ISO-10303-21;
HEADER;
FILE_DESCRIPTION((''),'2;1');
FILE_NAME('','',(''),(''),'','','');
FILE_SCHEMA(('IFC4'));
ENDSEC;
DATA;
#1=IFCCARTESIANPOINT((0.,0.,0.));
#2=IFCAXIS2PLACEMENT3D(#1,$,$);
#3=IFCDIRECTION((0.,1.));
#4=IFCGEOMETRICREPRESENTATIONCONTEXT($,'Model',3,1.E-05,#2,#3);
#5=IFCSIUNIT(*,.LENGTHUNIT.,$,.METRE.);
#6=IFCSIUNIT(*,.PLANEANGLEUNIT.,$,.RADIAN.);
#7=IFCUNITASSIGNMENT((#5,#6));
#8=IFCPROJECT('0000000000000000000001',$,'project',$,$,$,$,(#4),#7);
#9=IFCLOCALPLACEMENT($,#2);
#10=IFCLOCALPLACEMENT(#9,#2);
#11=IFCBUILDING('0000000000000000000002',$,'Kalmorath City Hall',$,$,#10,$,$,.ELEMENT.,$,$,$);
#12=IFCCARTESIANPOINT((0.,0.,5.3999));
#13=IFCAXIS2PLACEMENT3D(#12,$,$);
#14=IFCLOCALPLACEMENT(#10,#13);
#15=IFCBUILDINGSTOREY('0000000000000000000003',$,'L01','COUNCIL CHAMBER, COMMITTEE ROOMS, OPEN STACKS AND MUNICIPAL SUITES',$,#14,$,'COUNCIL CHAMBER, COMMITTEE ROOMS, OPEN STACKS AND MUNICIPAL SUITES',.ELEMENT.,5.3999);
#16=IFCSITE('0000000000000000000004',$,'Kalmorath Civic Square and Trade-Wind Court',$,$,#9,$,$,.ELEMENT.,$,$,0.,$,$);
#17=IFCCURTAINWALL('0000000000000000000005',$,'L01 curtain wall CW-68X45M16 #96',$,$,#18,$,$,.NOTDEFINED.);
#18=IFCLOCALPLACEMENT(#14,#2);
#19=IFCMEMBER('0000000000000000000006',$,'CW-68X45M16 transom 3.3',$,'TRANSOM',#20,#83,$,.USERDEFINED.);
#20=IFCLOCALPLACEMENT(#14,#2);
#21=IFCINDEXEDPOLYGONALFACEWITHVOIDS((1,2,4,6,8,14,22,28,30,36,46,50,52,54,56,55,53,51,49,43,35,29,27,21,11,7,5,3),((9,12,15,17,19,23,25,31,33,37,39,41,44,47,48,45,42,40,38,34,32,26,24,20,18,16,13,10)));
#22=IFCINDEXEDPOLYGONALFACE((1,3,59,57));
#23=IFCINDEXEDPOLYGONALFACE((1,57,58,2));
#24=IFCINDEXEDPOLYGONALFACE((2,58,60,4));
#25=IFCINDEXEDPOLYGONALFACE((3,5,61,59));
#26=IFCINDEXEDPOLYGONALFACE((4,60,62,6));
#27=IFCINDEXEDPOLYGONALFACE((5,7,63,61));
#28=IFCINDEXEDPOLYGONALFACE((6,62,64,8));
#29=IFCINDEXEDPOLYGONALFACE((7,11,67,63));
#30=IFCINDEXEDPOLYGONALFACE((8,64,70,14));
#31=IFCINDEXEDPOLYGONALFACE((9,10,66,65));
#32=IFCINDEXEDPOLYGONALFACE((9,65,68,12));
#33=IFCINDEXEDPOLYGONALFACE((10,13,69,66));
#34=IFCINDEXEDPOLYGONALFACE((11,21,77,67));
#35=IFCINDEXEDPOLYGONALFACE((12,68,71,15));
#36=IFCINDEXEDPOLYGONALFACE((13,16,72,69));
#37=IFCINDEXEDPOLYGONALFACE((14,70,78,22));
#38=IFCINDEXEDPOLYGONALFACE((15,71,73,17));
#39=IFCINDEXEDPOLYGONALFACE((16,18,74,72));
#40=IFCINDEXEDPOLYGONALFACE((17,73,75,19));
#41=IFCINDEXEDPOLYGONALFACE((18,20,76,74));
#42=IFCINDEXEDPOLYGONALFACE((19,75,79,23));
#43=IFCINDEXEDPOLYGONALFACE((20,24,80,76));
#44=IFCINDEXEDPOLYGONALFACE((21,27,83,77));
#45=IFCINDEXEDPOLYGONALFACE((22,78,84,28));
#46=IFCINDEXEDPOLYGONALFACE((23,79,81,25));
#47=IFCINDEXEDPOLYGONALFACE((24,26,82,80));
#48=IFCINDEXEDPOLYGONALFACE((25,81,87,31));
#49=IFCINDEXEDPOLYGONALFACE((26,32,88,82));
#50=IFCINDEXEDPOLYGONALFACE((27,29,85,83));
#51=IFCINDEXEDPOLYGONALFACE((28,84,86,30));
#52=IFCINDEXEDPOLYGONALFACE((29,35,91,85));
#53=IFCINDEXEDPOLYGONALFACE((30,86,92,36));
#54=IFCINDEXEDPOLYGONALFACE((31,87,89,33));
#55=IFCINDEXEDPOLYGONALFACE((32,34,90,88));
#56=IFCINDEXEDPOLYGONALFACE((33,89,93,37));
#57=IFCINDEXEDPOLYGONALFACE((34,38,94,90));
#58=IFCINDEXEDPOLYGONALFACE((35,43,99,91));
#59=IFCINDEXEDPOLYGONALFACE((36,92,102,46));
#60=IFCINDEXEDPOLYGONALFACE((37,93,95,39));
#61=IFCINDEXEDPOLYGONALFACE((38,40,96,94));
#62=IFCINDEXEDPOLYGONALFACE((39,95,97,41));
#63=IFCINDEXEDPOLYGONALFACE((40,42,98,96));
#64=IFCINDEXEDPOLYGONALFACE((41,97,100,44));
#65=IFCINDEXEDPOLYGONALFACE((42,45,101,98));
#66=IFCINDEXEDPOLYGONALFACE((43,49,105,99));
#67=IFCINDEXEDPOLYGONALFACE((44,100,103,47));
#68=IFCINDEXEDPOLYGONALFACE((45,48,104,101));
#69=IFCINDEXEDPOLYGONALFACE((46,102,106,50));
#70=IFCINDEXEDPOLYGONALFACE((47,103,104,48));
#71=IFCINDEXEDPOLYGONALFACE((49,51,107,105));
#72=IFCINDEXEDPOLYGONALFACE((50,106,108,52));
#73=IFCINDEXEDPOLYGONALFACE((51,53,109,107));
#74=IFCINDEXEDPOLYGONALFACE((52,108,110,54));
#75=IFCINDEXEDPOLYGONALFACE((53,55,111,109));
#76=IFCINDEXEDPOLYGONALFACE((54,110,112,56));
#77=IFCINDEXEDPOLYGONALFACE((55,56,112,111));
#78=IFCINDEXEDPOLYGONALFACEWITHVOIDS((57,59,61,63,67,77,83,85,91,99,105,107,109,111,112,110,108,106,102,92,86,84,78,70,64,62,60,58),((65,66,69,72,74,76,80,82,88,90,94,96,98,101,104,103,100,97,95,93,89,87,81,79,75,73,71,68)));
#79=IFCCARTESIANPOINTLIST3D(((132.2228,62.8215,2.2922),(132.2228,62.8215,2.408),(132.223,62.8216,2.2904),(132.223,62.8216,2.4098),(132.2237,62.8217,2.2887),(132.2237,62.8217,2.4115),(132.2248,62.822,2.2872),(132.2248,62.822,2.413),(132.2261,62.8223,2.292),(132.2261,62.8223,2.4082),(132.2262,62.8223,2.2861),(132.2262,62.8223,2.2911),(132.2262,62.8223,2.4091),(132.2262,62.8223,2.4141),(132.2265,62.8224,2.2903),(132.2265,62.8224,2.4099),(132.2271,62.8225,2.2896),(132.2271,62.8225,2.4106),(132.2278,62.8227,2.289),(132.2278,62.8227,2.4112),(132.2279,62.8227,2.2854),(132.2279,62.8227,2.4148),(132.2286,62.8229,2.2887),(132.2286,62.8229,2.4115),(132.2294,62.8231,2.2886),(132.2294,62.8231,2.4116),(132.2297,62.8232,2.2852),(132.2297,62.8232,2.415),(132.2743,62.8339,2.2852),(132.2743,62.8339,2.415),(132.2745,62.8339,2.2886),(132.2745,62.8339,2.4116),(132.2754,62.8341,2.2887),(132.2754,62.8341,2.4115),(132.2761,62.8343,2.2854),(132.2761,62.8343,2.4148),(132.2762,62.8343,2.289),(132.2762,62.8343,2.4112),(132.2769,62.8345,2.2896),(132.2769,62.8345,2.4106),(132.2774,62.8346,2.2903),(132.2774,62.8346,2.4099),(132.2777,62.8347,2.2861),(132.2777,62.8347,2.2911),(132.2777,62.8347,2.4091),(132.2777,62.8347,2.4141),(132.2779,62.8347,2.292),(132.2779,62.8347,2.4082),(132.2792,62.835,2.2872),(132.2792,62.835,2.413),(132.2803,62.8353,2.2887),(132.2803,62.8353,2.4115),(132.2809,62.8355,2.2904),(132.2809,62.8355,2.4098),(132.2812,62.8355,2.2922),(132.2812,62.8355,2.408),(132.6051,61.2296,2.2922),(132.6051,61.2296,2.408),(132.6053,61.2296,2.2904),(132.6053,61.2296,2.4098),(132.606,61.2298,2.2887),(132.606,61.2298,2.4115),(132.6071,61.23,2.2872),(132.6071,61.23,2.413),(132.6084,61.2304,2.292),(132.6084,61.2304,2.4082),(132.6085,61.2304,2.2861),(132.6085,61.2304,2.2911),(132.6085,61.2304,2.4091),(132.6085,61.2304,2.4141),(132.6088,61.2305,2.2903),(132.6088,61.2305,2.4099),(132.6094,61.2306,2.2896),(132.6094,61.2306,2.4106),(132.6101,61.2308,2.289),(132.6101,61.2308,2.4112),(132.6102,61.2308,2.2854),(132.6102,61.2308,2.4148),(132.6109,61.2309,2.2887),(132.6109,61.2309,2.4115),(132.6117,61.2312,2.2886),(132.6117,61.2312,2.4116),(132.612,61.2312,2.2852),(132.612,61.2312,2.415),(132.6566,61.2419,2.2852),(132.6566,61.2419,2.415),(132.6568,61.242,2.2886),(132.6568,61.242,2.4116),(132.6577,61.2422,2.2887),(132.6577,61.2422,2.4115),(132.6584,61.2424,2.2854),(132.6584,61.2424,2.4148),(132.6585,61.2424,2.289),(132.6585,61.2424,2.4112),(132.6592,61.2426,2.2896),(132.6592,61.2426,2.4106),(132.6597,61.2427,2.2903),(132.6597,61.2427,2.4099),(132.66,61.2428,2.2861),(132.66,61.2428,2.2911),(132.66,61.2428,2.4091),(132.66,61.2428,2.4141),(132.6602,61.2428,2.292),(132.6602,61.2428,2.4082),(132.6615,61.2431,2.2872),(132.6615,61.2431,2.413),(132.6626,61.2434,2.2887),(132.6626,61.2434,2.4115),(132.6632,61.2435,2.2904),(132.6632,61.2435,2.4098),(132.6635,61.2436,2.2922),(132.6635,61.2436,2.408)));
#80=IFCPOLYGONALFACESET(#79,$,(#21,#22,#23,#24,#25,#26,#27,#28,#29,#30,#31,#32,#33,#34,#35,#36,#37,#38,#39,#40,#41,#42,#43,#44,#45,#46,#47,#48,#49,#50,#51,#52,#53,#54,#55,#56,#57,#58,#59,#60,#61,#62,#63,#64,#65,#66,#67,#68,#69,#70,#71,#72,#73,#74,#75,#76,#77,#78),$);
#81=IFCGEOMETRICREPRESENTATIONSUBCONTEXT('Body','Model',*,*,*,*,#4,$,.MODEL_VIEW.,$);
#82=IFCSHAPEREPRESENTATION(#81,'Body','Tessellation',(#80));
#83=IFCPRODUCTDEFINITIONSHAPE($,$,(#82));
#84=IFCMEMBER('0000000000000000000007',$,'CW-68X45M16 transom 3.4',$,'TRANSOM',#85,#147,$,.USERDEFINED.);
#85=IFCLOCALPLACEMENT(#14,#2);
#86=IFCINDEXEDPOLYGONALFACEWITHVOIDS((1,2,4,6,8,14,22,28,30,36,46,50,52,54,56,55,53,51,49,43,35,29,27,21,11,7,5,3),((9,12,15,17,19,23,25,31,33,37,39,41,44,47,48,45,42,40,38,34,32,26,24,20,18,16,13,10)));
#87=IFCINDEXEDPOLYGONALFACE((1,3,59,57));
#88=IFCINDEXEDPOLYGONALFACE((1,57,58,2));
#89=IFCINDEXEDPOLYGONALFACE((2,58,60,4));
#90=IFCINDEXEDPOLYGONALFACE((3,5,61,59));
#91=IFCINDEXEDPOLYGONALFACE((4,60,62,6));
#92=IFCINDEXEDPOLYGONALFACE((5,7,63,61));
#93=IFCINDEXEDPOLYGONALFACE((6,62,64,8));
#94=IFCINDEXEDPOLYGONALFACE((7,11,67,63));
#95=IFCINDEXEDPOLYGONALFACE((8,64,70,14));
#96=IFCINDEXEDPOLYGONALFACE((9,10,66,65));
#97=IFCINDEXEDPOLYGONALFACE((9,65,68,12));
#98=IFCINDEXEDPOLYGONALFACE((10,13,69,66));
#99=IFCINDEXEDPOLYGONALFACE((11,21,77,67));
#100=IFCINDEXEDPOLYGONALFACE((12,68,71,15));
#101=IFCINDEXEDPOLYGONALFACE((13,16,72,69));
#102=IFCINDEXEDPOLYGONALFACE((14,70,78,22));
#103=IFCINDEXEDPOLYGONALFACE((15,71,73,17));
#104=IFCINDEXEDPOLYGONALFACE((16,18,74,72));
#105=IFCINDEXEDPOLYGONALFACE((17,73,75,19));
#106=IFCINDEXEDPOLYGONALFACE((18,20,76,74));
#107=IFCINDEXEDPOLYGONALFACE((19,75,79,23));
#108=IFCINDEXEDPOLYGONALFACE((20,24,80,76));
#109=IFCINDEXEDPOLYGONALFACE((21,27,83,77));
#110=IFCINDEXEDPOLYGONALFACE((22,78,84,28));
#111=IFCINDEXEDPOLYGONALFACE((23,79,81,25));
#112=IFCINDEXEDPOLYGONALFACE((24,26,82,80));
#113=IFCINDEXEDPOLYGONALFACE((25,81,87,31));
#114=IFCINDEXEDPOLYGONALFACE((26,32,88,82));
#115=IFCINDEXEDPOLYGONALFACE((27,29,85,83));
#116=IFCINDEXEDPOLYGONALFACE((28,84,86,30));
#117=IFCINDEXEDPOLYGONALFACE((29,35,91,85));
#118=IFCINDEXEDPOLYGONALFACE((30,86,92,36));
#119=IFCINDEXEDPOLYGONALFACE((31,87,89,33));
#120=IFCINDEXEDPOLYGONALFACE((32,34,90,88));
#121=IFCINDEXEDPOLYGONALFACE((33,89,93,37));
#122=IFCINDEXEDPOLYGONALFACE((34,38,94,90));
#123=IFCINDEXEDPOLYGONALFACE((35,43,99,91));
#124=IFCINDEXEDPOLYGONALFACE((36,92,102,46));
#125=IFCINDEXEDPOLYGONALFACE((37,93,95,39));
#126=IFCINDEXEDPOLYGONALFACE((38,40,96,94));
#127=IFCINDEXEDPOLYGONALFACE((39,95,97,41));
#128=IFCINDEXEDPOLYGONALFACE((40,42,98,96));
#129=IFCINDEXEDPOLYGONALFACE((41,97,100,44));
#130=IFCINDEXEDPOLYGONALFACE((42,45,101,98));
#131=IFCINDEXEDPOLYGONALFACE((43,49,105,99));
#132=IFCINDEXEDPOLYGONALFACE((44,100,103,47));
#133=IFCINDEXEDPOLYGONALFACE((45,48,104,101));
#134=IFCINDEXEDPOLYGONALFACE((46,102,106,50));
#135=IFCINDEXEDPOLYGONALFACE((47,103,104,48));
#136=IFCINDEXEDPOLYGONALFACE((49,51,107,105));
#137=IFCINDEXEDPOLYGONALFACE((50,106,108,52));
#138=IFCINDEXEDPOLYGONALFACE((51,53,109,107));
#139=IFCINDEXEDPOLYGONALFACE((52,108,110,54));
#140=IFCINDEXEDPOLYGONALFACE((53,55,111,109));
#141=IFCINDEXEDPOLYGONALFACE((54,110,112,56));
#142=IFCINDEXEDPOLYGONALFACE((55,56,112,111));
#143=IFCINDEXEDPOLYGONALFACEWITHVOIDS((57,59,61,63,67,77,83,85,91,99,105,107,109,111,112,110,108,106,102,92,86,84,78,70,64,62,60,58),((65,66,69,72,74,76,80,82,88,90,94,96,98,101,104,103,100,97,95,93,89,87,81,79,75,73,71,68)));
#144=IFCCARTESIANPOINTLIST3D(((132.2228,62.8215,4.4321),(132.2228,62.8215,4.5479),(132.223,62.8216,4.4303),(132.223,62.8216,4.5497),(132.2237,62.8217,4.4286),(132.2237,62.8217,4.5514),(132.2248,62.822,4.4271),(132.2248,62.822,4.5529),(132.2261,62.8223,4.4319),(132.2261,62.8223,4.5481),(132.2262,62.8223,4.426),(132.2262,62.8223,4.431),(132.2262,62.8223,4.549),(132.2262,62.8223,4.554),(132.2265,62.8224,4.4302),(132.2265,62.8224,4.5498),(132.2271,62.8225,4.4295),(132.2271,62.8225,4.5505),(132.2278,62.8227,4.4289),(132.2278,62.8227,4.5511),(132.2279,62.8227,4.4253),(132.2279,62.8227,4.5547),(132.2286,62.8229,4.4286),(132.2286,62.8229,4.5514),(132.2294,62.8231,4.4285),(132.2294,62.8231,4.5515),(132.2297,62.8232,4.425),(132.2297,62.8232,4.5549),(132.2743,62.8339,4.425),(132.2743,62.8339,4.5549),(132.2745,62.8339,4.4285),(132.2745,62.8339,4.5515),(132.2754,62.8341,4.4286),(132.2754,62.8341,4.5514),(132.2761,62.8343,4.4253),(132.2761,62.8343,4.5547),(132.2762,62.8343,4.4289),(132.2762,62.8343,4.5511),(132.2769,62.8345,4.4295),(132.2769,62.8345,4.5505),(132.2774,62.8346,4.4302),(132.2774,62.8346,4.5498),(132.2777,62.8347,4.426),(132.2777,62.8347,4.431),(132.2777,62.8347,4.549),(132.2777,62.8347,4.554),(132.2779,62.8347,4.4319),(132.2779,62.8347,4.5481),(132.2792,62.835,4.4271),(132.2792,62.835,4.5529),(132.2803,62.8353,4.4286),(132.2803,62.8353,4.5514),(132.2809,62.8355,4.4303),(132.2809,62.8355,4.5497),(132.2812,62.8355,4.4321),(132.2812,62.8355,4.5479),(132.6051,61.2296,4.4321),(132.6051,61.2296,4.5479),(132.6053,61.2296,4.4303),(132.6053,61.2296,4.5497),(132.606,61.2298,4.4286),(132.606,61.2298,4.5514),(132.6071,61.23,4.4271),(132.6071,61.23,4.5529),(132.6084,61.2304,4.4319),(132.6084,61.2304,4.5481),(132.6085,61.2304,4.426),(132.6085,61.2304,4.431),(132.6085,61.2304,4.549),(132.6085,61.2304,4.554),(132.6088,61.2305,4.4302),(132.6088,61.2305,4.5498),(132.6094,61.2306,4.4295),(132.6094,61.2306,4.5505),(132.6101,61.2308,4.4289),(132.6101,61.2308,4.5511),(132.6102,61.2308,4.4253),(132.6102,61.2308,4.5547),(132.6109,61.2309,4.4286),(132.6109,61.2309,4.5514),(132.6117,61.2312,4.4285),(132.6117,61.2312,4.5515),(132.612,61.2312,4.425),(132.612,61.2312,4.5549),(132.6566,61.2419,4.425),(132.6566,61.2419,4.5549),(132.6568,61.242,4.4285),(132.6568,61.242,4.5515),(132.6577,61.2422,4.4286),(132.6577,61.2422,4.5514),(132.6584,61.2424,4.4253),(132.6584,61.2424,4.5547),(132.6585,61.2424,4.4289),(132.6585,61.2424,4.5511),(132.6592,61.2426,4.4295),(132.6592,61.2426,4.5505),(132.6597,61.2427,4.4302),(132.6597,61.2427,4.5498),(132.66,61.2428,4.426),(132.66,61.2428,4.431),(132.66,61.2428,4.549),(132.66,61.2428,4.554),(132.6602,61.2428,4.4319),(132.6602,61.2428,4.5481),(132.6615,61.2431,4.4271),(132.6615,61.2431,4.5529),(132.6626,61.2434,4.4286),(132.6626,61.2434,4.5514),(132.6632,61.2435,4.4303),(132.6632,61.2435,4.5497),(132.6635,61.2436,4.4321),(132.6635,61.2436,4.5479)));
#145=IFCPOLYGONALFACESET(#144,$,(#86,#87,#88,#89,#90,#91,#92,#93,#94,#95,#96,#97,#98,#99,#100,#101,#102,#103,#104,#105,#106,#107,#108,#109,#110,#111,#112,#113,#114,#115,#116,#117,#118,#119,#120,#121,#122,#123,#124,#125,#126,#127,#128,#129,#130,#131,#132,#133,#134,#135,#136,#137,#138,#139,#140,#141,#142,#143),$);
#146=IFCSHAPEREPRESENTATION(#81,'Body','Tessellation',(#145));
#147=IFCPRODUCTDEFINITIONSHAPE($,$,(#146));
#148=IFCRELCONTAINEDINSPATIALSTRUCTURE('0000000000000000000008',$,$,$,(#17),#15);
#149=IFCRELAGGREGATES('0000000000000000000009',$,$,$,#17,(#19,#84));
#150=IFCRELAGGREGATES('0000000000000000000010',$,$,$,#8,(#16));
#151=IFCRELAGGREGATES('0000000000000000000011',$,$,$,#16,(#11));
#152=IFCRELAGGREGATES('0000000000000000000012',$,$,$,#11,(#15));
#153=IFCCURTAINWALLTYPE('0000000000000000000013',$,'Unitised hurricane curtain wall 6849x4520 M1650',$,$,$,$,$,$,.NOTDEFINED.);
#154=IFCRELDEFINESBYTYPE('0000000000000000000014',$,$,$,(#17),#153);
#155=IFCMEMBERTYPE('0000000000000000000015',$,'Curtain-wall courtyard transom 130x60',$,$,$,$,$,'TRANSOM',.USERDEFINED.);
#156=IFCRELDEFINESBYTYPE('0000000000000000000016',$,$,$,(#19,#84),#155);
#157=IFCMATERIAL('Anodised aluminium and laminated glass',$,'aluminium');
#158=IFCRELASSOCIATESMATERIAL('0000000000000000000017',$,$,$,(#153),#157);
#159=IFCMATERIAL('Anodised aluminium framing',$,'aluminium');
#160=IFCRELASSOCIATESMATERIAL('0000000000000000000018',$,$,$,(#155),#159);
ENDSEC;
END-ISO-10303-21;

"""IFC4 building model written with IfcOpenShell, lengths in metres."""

from ifc_helpers import new_model, si_unit, direction, frame, origin, origin_2d, place, context, subcontext, project, spatial, hollow_rectangle, extrude, material, material_profile, profile_set, type_object, element, aggregate, save


model = new_model("IFC4")

# Units and contexts
model_context = context("Model", 3, precision=1e-05, world=origin(), true_north=direction((0.0, 1.0)))
body_context = subcontext(model_context, "Body", "Model", "MODEL_VIEW")
ifc_project = project(units=[si_unit("LENGTHUNIT", "METRE"), si_unit("PLANEANGLEUNIT", "RADIAN")], contexts=[model_context])

# Site, building, storey
site_placement = place(None, origin())
site = spatial("IfcSite", under=ifc_project, at=site_placement, Name="Kalmorath Civic Square and Trade-Wind Court", CompositionType="ELEMENT", RefElevation=0.0)
building_placement = place(site_placement, origin())
building = spatial("IfcBuilding", under=site, at=building_placement, Name="Kalmorath City Hall", CompositionType="ELEMENT")
storey_placement = place(building_placement, frame((0.0, 0.0, 5.3999)))
storey = spatial("IfcBuildingStorey", under=building, at=storey_placement, Name="L01", Description="COUNCIL CHAMBER, COMMITTEE ROOMS, OPEN STACKS AND MUNICIPAL SUITES", LongName="COUNCIL CHAMBER, COMMITTEE ROOMS, OPEN STACKS AND MUNICIPAL SUITES", CompositionType="ELEMENT", Elevation=5.3999)

# Curtain wall, members
ifc_material_1 = material(Name="Anodised aluminium and laminated glass", Category="aluminium")
curtain_wall_type = type_object("IfcCurtainWallType", Name="Unitised hurricane curtain wall 6849x4520 M1650", PredefinedType="NOTDEFINED", material=ifc_material_1)
curtain_wall_placement = place(storey_placement, origin())
curtain_wall = element("IfcCurtainWall", 1, at=curtain_wall_placement, inside=storey, type_object=curtain_wall_type, Name="L01 curtain wall CW-68X45M16 #96", PredefinedType="NOTDEFINED")
ifc_material_2 = material(Name="Anodised aluminium framing", Category="aluminium")
ifc_material_profile_1 = material_profile(ifc_material_2, hollow_rectangle(XDim=0.0601, YDim=0.1299, WallThickness=0.0034, InnerFilletRadius=0.0034, OuterFilletRadius=0.0071, at=origin_2d()), Name="ALU-TRN-130X60X3.5")
ifc_profile_set_1 = profile_set([ifc_material_profile_1], Name="Anodised aluminium framing")
member_type_1 = type_object("IfcMemberType", Name="Curtain-wall courtyard transom 130x60", ElementType="TRANSOM", PredefinedType="USERDEFINED", material=ifc_profile_set_1)
member_1_placement = place(storey_placement, frame((132.6343, 61.2366, 2.3501), z_axis=(-0.233508, 0.972355, 0.0), x_axis=(-0.972355, -0.233508, 0.0)))
member_1 = element("IfcMember", 2, at=member_1_placement, type_object=member_type_1, Name="CW-68X45M16 transom 3.3", ObjectType="TRANSOM", PredefinedType="USERDEFINED", context=body_context, shape_type="SweptSolid", body=[
    extrude(hollow_rectangle(XDim=0.0601, YDim=0.1299, WallThickness=0.0034, InnerFilletRadius=0.0034, OuterFilletRadius=0.0071, at=origin_2d()), origin(), (0.0, 0.0, 1.0), 1.6372),
])
member_2_placement = place(storey_placement, frame((132.6343, 61.2366, 4.49), z_axis=(-0.233508, 0.972355, 0.0), x_axis=(-0.972355, -0.233508, 0.0)))
member_2 = element("IfcMember", 3, at=member_2_placement, type_object=member_type_1, Name="CW-68X45M16 transom 3.4", ObjectType="TRANSOM", PredefinedType="USERDEFINED", context=body_context, shape_type="SweptSolid", body=[
    extrude(hollow_rectangle(XDim=0.0601, YDim=0.1299, WallThickness=0.0034, InnerFilletRadius=0.0034, OuterFilletRadius=0.0071, at=origin_2d()), origin(), (0.0, 0.0, 1.0), 1.6372),
])
aggregate(curtain_wall, [member_1, member_2])

save(model, "model.ifc")
